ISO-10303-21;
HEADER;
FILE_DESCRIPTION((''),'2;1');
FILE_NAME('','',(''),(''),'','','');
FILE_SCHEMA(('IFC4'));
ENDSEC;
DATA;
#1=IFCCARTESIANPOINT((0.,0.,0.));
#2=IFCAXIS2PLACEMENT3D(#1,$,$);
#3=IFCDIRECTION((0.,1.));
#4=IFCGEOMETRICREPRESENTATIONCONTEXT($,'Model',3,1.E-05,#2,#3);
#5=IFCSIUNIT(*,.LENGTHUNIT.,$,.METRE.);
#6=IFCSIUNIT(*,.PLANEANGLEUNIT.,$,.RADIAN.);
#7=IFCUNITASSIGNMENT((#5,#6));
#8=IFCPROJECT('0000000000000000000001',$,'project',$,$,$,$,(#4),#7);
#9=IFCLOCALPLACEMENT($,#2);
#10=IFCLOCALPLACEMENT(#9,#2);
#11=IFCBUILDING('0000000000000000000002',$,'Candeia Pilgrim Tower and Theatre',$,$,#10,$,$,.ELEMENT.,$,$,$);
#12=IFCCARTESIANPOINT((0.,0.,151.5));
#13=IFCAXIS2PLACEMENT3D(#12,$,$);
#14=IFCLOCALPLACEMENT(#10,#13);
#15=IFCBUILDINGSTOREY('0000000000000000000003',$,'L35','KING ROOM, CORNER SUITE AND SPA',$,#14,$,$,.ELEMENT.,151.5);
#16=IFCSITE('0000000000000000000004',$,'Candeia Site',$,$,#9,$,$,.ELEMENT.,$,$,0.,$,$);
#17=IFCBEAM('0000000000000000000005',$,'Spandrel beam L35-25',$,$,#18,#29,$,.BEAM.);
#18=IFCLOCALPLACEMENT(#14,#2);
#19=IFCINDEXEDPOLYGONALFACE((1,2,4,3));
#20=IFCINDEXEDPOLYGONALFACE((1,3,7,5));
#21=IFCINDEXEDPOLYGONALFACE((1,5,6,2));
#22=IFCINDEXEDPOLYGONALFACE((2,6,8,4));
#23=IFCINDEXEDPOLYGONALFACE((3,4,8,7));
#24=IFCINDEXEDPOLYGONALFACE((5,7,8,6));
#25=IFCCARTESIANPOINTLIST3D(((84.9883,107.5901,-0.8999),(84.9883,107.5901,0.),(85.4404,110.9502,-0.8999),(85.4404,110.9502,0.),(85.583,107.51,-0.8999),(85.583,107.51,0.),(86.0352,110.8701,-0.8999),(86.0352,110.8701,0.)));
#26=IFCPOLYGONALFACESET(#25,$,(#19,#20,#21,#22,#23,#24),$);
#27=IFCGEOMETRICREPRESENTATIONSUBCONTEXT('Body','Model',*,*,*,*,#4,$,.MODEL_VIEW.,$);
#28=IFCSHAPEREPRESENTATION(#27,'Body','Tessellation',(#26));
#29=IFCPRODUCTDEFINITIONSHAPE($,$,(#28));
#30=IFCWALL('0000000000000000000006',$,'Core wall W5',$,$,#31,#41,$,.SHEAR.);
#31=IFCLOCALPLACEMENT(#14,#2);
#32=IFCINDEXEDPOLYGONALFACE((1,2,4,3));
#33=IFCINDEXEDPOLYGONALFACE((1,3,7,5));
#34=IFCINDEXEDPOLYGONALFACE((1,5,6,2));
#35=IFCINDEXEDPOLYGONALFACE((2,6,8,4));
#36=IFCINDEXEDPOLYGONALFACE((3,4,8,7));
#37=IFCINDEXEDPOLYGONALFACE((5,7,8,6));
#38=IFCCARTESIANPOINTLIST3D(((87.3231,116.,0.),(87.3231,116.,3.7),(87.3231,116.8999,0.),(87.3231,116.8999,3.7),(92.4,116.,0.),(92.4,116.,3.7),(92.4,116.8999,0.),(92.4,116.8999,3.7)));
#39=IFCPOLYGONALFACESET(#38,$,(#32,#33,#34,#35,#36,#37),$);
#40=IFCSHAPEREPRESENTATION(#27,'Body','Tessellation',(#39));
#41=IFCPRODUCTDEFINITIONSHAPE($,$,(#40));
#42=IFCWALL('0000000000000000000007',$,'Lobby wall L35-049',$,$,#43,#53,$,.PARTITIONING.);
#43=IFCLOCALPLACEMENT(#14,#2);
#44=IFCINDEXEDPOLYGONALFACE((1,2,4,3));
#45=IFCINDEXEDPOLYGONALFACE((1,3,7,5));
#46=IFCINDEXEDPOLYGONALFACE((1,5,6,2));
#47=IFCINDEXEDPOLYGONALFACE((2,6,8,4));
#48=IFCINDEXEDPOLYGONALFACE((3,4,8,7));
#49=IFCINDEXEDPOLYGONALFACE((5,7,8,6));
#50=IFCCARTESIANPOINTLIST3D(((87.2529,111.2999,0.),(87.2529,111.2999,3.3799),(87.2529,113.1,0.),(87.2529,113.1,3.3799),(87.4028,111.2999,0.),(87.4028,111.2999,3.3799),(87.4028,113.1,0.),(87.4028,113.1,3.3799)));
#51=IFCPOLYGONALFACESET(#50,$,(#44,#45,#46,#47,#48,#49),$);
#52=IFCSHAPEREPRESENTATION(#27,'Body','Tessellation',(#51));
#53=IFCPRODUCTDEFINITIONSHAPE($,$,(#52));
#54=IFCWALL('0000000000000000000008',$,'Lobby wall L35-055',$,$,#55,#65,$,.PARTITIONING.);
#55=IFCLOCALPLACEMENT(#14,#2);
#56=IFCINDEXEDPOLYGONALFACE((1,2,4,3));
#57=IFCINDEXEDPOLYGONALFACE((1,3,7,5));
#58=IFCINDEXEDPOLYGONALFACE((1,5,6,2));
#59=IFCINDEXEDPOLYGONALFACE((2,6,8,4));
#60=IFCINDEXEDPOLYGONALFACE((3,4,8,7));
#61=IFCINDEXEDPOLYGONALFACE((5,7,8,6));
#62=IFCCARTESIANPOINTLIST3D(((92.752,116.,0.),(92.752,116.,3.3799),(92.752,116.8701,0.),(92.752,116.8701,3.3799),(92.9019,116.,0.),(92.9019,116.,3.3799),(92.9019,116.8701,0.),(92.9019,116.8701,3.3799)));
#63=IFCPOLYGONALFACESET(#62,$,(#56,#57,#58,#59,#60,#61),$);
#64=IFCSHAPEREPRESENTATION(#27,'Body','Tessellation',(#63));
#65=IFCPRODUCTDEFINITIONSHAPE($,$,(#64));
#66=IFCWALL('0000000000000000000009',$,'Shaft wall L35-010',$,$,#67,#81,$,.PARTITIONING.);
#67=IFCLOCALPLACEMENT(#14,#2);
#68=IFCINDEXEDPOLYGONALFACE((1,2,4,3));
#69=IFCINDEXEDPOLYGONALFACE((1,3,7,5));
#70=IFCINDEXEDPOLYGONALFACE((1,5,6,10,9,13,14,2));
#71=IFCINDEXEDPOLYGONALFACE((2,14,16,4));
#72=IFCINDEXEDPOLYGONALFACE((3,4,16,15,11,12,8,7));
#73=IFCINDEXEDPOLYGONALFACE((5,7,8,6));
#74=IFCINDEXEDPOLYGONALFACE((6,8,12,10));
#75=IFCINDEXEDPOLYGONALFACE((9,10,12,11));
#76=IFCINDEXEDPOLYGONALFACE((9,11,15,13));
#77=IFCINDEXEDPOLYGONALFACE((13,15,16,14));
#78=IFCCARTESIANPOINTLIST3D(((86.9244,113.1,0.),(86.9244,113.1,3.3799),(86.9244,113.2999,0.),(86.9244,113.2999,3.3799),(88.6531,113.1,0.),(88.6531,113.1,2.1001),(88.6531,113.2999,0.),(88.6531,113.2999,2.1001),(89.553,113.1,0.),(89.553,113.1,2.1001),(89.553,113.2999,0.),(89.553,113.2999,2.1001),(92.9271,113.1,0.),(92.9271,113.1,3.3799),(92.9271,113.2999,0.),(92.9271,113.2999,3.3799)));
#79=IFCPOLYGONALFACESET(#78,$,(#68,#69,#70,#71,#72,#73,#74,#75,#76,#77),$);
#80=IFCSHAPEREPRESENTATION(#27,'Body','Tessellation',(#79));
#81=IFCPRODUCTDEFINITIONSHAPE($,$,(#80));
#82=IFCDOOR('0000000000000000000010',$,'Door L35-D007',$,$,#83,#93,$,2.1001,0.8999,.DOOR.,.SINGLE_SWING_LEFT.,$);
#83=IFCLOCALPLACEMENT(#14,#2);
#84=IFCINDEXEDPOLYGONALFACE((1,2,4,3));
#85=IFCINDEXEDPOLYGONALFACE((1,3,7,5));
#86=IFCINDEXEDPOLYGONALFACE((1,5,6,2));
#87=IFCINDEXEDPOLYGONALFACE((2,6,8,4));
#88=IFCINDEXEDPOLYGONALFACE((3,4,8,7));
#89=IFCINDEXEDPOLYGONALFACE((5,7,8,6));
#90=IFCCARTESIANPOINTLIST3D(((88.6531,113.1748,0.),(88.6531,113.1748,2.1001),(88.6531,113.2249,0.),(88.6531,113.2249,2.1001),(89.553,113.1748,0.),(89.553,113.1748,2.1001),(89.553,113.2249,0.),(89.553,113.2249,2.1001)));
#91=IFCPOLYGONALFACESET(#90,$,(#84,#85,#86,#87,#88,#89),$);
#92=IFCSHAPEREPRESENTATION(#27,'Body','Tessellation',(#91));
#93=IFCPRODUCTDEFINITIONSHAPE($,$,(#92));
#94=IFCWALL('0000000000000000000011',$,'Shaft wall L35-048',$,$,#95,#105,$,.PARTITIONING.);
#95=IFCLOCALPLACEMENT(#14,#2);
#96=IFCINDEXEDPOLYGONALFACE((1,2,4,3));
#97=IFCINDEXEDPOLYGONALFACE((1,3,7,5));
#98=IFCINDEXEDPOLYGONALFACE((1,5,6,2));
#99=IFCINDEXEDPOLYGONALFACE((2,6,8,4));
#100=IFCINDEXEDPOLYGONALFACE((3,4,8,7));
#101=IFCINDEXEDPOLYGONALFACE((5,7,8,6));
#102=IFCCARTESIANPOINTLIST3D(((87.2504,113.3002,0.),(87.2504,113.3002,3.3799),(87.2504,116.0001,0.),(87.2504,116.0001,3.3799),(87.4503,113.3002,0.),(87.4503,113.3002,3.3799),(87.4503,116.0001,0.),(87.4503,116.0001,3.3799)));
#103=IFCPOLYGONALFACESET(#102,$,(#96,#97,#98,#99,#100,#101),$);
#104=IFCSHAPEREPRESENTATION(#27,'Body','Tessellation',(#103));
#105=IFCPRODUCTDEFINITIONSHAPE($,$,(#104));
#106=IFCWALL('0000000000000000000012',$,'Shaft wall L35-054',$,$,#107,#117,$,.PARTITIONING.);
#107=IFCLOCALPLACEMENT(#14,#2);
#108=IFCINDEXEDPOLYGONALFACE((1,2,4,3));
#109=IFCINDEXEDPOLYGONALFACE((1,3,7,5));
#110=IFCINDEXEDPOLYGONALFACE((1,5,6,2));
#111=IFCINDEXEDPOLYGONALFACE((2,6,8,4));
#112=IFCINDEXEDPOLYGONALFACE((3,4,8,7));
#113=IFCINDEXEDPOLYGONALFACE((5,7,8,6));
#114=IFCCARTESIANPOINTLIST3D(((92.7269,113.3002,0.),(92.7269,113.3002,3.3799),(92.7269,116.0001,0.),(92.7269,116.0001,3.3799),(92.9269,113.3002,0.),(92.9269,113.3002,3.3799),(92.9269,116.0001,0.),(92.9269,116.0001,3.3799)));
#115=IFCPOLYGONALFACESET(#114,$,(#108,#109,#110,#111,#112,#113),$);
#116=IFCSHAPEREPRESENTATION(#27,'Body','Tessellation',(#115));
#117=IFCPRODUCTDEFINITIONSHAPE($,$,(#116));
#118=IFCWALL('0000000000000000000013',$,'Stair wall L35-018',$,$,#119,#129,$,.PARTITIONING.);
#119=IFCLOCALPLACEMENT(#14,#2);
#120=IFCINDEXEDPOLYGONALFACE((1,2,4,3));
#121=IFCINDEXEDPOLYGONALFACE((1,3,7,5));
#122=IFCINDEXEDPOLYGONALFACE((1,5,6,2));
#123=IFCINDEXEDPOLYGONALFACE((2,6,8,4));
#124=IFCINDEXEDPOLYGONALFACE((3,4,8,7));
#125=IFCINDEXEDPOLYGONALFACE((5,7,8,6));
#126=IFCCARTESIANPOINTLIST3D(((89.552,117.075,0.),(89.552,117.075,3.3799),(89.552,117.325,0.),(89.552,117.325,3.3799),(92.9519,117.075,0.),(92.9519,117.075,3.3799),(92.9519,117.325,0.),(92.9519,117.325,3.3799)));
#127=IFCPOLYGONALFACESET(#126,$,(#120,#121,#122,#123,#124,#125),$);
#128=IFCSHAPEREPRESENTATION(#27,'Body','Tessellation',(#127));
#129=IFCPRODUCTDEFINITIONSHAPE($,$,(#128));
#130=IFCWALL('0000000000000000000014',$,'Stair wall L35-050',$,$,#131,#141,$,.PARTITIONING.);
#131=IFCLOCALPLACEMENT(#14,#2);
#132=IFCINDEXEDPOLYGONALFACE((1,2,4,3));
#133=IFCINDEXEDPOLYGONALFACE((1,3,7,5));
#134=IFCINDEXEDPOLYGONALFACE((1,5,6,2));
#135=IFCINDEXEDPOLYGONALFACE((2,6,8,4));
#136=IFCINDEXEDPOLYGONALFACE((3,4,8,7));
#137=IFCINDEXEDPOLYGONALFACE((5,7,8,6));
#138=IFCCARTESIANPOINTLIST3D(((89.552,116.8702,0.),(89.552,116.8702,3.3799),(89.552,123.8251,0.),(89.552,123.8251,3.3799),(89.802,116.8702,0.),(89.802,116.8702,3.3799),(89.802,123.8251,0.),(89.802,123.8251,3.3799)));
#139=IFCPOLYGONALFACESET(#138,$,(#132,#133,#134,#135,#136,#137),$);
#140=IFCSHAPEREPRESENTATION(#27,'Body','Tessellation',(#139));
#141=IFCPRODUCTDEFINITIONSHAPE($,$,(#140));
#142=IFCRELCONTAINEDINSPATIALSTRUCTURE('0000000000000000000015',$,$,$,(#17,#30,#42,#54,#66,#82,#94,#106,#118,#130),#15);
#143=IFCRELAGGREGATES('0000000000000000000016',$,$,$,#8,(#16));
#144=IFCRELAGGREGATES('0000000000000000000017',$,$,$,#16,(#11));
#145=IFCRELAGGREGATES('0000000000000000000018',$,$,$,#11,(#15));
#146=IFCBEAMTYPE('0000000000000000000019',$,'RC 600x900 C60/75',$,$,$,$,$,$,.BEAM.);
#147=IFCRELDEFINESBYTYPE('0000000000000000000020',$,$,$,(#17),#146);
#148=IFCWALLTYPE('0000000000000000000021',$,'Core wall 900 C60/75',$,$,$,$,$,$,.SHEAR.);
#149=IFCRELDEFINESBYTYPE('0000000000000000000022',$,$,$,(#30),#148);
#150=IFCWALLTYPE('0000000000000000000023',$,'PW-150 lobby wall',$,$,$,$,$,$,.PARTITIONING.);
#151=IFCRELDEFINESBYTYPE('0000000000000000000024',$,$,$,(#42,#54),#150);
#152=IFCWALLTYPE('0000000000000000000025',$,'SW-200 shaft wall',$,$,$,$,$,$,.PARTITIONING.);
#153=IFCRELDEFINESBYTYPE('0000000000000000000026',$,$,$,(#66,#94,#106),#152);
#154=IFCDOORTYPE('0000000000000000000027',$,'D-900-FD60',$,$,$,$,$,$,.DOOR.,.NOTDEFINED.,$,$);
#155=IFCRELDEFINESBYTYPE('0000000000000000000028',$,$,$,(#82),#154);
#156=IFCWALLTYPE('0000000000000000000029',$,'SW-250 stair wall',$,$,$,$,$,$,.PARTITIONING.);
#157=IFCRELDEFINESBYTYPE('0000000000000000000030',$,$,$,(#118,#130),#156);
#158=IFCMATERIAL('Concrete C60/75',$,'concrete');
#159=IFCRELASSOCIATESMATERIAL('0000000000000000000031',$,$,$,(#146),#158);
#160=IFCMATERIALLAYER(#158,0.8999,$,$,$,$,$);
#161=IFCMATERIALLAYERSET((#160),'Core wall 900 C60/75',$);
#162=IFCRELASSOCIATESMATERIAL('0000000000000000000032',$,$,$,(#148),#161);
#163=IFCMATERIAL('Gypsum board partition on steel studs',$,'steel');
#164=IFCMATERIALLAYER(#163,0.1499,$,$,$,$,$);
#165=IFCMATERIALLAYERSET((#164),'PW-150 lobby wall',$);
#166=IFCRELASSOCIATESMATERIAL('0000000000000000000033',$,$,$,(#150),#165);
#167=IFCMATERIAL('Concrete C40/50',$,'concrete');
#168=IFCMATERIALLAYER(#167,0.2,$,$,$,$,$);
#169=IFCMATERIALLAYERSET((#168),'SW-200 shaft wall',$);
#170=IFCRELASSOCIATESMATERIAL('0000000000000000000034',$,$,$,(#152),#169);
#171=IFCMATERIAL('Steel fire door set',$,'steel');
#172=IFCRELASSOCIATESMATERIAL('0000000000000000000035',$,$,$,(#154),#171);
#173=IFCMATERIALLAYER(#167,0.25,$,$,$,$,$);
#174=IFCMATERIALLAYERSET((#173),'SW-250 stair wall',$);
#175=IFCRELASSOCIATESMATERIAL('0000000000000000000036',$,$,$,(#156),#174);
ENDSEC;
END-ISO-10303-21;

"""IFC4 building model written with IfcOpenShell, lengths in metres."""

from ifc_helpers import new_model, si_unit, direction, frame, frame_2d, origin, origin_2d, place, context, subcontext, project, spatial, rectangle, extrude, material, layer, layer_set, material_profile, profile_set, type_object, element, fill, save


model = new_model("IFC4")

# Units and contexts
model_context = context("Model", 3, precision=1e-05, world=origin(), true_north=direction((0.0, 1.0)))
body_context = subcontext(model_context, "Body", "Model", "MODEL_VIEW")
ifc_project = project(units=[si_unit("LENGTHUNIT", "METRE"), si_unit("PLANEANGLEUNIT", "RADIAN")], contexts=[model_context])

# Site, building, storey
site_placement = place(None, origin())
site = spatial("IfcSite", under=ifc_project, at=site_placement, Name="Candeia Site", CompositionType="ELEMENT", RefElevation=0.0)
building_placement = place(site_placement, origin())
building = spatial("IfcBuilding", under=site, at=building_placement, Name="Candeia Pilgrim Tower and Theatre", CompositionType="ELEMENT")
storey_placement = place(building_placement, frame((0.0, 0.0, 151.5)))
storey = spatial("IfcBuildingStorey", under=building, at=storey_placement, Name="L35", Description="KING ROOM, CORNER SUITE AND SPA", CompositionType="ELEMENT", Elevation=151.5)

# Beam
ifc_material_1 = material(Name="Concrete C60/75", Category="concrete")
ifc_material_profile = material_profile(ifc_material_1, rectangle(XDim=0.6001, YDim=0.8999, at=origin_2d()))
ifc_profile_set = profile_set([ifc_material_profile], Name="Concrete C60/75")
beam_type = type_object("IfcBeamType", Name="RC 600x900 C60/75", PredefinedType="BEAM", material=ifc_profile_set)
beam_placement = place(storey_placement, frame((85.7378, 110.9102, -0.45), z_axis=(-0.133362, -0.991067, 0.0), x_axis=(0.991067, -0.133362, 0.0)))
element("IfcBeam", 1, at=beam_placement, inside=storey, type_object=beam_type, Name="Spandrel beam L35-25", PredefinedType="BEAM", context=body_context, shape_type="SweptSolid", body=[
    extrude(rectangle(XDim=0.6001, YDim=0.8999, at=origin_2d()), origin(), (0.0, 0.0, 1.0), 3.3904),
])

# Walls
ifc_layer_1 = layer(ifc_material_1, 0.8999)
ifc_layer_set_1 = layer_set([ifc_layer_1], Name="Core wall 900 C60/75")
wall_type_1 = type_object("IfcWallType", Name="Core wall 900 C60/75", PredefinedType="SHEAR", material=ifc_layer_set_1)
wall_1_placement = place(storey_placement, frame((87.323, 116.45, 0.0), z_axis=(0.0, 0.0, 1.0), x_axis=(1.0, 0.0, 0.0)))
element("IfcWall", 2, at=wall_1_placement, inside=storey, type_object=wall_type_1, Name="Core wall W5", PredefinedType="SHEAR", context=body_context, shape_type="SweptSolid", body=[
    extrude(rectangle(XDim=5.0769, YDim=0.8999, at=frame_2d((2.5386, 0.0))), origin(), (0.0, 0.0, 1.0), 3.7),
])
ifc_material_2 = material(Name="Gypsum board partition on steel studs", Category="steel")
ifc_layer_2 = layer(ifc_material_2, 0.1499)
ifc_layer_set_2 = layer_set([ifc_layer_2], Name="PW-150 lobby wall")
wall_type_2 = type_object("IfcWallType", Name="PW-150 lobby wall", PredefinedType="PARTITIONING", material=ifc_layer_set_2)
wall_2_placement = place(storey_placement, frame((87.3279, 111.3, 0.0), z_axis=(0.0, 0.0, 1.0), x_axis=(0.0, 1.0, 0.0)))
element("IfcWall", 3, at=wall_2_placement, inside=storey, type_object=wall_type_2, Name="Lobby wall L35-049", PredefinedType="PARTITIONING", context=body_context, shape_type="SweptSolid", body=[
    extrude(rectangle(XDim=1.8, YDim=0.1499, at=frame_2d((0.8999, 0.0))), origin(), (0.0, 0.0, 1.0), 3.3799),
])
wall_3_placement = place(storey_placement, frame((92.8269, 116.0, 0.0), z_axis=(0.0, 0.0, 1.0), x_axis=(0.0, 1.0, 0.0)))
element("IfcWall", 4, at=wall_3_placement, inside=storey, type_object=wall_type_2, Name="Lobby wall L35-055", PredefinedType="PARTITIONING", context=body_context, shape_type="SweptSolid", body=[
    extrude(rectangle(XDim=0.8701, YDim=0.1499, at=frame_2d((0.4351, 0.0))), origin(), (0.0, 0.0, 1.0), 3.3799),
])

# Wall, opening, door
ifc_material_3 = material(Name="Concrete C40/50", Category="concrete")
ifc_layer_3 = layer(ifc_material_3, 0.2)
ifc_layer_set_3 = layer_set([ifc_layer_3], Name="SW-200 shaft wall")
wall_type_3 = type_object("IfcWallType", Name="SW-200 shaft wall", PredefinedType="PARTITIONING", material=ifc_layer_set_3)
wall_4_placement = place(storey_placement, frame((86.9243, 113.2, 0.0), z_axis=(0.0, 0.0, 1.0), x_axis=(1.0, 0.0, 0.0)))
wall_4 = element("IfcWall", 5, at=wall_4_placement, inside=storey, type_object=wall_type_3, Name="Shaft wall L35-010", PredefinedType="PARTITIONING", context=body_context, shape_type="SweptSolid", body=[
    extrude(rectangle(XDim=6.0027, YDim=0.2, at=frame_2d((3.0015, 0.0))), origin(), (0.0, 0.0, 1.0), 3.3799),
])
opening_placement = place(wall_4_placement, frame((1.7288, 0.0, 0.0)))
opening = element("IfcOpeningElement", 6, at=opening_placement, cuts=wall_4, PredefinedType="OPENING", context=body_context, shape_type="SweptSolid", body=[
    extrude(rectangle(XDim=0.8999, YDim=2.1001, at=frame_2d((0.45, 1.05))), frame((0.0, 0.1099, 0.0), z_axis=(0.0, -1.0, 0.0), x_axis=(1.0, 0.0, 0.0)), (0.0, 0.0, 1.0), 0.22),
])
ifc_material_4 = material(Name="Steel fire door set", Category="steel")
door_type = type_object("IfcDoorType", Name="D-900-FD60", OperationType="NOTDEFINED", PredefinedType="DOOR", material=ifc_material_4)
door_placement = place(opening_placement, origin())
door = element("IfcDoor", 7, at=door_placement, inside=storey, type_object=door_type, Name="Door L35-D007", OperationType="SINGLE_SWING_LEFT", OverallHeight=2.1001, OverallWidth=0.8999, PredefinedType="DOOR", context=body_context, shape_type="SweptSolid", body=[
    extrude(rectangle(XDim=0.8999, YDim=2.1001, at=frame_2d((0.45, 1.05))), frame((0.0, 0.0249, 0.0), z_axis=(0.0, -1.0, 0.0), x_axis=(1.0, 0.0, 0.0)), (0.0, 0.0, 1.0), 0.05),
])
fill(opening, door)

# Walls
for number, where, z_axis, x_axis, name in (
    (8, (87.3503, 113.3, 0.0), (0.0, 0.0, 1.0), (0.0, 1.0, 0.0), "Shaft wall L35-048"),
    (9, (92.8269, 113.3, 0.0), (0.0, 0.0, 1.0), (0.0, 1.0, 0.0), "Shaft wall L35-054"),
):
    element("IfcWall", number, at=place(storey_placement, frame(where, z_axis=z_axis, x_axis=x_axis)), inside=storey, type_object=wall_type_3, Name=name, PredefinedType="PARTITIONING", context=body_context, shape_type="SweptSolid", body=[
        extrude(rectangle(XDim=2.7, YDim=0.2, at=frame_2d((1.3501, 0.0))), origin(), (0.0, 0.0, 1.0), 3.3799),
    ])
ifc_layer_4 = layer(ifc_material_3, 0.25)
ifc_layer_set_4 = layer_set([ifc_layer_4], Name="SW-250 stair wall")
wall_type_4 = type_object("IfcWallType", Name="SW-250 stair wall", PredefinedType="PARTITIONING", material=ifc_layer_set_4)
wall_5_placement = place(storey_placement, frame((89.552, 117.2, 0.0), z_axis=(0.0, 0.0, 1.0), x_axis=(1.0, 0.0, 0.0)))
element("IfcWall", 10, at=wall_5_placement, inside=storey, type_object=wall_type_4, Name="Stair wall L35-018", PredefinedType="PARTITIONING", context=body_context, shape_type="SweptSolid", body=[
    extrude(rectangle(XDim=3.3999, YDim=0.25, at=frame_2d((1.7, 0.0))), origin(), (0.0, 0.0, 1.0), 3.3799),
])
wall_6_placement = place(storey_placement, frame((89.677, 116.8701, 0.0), z_axis=(0.0, 0.0, 1.0), x_axis=(0.0, 1.0, 0.0)))
element("IfcWall", 11, at=wall_6_placement, inside=storey, type_object=wall_type_4, Name="Stair wall L35-050", PredefinedType="PARTITIONING", context=body_context, shape_type="SweptSolid", body=[
    extrude(rectangle(XDim=6.9548, YDim=0.25, at=frame_2d((3.4775, 0.0))), origin(), (0.0, 0.0, 1.0), 3.3799),
])

save(model, "model.ifc")
